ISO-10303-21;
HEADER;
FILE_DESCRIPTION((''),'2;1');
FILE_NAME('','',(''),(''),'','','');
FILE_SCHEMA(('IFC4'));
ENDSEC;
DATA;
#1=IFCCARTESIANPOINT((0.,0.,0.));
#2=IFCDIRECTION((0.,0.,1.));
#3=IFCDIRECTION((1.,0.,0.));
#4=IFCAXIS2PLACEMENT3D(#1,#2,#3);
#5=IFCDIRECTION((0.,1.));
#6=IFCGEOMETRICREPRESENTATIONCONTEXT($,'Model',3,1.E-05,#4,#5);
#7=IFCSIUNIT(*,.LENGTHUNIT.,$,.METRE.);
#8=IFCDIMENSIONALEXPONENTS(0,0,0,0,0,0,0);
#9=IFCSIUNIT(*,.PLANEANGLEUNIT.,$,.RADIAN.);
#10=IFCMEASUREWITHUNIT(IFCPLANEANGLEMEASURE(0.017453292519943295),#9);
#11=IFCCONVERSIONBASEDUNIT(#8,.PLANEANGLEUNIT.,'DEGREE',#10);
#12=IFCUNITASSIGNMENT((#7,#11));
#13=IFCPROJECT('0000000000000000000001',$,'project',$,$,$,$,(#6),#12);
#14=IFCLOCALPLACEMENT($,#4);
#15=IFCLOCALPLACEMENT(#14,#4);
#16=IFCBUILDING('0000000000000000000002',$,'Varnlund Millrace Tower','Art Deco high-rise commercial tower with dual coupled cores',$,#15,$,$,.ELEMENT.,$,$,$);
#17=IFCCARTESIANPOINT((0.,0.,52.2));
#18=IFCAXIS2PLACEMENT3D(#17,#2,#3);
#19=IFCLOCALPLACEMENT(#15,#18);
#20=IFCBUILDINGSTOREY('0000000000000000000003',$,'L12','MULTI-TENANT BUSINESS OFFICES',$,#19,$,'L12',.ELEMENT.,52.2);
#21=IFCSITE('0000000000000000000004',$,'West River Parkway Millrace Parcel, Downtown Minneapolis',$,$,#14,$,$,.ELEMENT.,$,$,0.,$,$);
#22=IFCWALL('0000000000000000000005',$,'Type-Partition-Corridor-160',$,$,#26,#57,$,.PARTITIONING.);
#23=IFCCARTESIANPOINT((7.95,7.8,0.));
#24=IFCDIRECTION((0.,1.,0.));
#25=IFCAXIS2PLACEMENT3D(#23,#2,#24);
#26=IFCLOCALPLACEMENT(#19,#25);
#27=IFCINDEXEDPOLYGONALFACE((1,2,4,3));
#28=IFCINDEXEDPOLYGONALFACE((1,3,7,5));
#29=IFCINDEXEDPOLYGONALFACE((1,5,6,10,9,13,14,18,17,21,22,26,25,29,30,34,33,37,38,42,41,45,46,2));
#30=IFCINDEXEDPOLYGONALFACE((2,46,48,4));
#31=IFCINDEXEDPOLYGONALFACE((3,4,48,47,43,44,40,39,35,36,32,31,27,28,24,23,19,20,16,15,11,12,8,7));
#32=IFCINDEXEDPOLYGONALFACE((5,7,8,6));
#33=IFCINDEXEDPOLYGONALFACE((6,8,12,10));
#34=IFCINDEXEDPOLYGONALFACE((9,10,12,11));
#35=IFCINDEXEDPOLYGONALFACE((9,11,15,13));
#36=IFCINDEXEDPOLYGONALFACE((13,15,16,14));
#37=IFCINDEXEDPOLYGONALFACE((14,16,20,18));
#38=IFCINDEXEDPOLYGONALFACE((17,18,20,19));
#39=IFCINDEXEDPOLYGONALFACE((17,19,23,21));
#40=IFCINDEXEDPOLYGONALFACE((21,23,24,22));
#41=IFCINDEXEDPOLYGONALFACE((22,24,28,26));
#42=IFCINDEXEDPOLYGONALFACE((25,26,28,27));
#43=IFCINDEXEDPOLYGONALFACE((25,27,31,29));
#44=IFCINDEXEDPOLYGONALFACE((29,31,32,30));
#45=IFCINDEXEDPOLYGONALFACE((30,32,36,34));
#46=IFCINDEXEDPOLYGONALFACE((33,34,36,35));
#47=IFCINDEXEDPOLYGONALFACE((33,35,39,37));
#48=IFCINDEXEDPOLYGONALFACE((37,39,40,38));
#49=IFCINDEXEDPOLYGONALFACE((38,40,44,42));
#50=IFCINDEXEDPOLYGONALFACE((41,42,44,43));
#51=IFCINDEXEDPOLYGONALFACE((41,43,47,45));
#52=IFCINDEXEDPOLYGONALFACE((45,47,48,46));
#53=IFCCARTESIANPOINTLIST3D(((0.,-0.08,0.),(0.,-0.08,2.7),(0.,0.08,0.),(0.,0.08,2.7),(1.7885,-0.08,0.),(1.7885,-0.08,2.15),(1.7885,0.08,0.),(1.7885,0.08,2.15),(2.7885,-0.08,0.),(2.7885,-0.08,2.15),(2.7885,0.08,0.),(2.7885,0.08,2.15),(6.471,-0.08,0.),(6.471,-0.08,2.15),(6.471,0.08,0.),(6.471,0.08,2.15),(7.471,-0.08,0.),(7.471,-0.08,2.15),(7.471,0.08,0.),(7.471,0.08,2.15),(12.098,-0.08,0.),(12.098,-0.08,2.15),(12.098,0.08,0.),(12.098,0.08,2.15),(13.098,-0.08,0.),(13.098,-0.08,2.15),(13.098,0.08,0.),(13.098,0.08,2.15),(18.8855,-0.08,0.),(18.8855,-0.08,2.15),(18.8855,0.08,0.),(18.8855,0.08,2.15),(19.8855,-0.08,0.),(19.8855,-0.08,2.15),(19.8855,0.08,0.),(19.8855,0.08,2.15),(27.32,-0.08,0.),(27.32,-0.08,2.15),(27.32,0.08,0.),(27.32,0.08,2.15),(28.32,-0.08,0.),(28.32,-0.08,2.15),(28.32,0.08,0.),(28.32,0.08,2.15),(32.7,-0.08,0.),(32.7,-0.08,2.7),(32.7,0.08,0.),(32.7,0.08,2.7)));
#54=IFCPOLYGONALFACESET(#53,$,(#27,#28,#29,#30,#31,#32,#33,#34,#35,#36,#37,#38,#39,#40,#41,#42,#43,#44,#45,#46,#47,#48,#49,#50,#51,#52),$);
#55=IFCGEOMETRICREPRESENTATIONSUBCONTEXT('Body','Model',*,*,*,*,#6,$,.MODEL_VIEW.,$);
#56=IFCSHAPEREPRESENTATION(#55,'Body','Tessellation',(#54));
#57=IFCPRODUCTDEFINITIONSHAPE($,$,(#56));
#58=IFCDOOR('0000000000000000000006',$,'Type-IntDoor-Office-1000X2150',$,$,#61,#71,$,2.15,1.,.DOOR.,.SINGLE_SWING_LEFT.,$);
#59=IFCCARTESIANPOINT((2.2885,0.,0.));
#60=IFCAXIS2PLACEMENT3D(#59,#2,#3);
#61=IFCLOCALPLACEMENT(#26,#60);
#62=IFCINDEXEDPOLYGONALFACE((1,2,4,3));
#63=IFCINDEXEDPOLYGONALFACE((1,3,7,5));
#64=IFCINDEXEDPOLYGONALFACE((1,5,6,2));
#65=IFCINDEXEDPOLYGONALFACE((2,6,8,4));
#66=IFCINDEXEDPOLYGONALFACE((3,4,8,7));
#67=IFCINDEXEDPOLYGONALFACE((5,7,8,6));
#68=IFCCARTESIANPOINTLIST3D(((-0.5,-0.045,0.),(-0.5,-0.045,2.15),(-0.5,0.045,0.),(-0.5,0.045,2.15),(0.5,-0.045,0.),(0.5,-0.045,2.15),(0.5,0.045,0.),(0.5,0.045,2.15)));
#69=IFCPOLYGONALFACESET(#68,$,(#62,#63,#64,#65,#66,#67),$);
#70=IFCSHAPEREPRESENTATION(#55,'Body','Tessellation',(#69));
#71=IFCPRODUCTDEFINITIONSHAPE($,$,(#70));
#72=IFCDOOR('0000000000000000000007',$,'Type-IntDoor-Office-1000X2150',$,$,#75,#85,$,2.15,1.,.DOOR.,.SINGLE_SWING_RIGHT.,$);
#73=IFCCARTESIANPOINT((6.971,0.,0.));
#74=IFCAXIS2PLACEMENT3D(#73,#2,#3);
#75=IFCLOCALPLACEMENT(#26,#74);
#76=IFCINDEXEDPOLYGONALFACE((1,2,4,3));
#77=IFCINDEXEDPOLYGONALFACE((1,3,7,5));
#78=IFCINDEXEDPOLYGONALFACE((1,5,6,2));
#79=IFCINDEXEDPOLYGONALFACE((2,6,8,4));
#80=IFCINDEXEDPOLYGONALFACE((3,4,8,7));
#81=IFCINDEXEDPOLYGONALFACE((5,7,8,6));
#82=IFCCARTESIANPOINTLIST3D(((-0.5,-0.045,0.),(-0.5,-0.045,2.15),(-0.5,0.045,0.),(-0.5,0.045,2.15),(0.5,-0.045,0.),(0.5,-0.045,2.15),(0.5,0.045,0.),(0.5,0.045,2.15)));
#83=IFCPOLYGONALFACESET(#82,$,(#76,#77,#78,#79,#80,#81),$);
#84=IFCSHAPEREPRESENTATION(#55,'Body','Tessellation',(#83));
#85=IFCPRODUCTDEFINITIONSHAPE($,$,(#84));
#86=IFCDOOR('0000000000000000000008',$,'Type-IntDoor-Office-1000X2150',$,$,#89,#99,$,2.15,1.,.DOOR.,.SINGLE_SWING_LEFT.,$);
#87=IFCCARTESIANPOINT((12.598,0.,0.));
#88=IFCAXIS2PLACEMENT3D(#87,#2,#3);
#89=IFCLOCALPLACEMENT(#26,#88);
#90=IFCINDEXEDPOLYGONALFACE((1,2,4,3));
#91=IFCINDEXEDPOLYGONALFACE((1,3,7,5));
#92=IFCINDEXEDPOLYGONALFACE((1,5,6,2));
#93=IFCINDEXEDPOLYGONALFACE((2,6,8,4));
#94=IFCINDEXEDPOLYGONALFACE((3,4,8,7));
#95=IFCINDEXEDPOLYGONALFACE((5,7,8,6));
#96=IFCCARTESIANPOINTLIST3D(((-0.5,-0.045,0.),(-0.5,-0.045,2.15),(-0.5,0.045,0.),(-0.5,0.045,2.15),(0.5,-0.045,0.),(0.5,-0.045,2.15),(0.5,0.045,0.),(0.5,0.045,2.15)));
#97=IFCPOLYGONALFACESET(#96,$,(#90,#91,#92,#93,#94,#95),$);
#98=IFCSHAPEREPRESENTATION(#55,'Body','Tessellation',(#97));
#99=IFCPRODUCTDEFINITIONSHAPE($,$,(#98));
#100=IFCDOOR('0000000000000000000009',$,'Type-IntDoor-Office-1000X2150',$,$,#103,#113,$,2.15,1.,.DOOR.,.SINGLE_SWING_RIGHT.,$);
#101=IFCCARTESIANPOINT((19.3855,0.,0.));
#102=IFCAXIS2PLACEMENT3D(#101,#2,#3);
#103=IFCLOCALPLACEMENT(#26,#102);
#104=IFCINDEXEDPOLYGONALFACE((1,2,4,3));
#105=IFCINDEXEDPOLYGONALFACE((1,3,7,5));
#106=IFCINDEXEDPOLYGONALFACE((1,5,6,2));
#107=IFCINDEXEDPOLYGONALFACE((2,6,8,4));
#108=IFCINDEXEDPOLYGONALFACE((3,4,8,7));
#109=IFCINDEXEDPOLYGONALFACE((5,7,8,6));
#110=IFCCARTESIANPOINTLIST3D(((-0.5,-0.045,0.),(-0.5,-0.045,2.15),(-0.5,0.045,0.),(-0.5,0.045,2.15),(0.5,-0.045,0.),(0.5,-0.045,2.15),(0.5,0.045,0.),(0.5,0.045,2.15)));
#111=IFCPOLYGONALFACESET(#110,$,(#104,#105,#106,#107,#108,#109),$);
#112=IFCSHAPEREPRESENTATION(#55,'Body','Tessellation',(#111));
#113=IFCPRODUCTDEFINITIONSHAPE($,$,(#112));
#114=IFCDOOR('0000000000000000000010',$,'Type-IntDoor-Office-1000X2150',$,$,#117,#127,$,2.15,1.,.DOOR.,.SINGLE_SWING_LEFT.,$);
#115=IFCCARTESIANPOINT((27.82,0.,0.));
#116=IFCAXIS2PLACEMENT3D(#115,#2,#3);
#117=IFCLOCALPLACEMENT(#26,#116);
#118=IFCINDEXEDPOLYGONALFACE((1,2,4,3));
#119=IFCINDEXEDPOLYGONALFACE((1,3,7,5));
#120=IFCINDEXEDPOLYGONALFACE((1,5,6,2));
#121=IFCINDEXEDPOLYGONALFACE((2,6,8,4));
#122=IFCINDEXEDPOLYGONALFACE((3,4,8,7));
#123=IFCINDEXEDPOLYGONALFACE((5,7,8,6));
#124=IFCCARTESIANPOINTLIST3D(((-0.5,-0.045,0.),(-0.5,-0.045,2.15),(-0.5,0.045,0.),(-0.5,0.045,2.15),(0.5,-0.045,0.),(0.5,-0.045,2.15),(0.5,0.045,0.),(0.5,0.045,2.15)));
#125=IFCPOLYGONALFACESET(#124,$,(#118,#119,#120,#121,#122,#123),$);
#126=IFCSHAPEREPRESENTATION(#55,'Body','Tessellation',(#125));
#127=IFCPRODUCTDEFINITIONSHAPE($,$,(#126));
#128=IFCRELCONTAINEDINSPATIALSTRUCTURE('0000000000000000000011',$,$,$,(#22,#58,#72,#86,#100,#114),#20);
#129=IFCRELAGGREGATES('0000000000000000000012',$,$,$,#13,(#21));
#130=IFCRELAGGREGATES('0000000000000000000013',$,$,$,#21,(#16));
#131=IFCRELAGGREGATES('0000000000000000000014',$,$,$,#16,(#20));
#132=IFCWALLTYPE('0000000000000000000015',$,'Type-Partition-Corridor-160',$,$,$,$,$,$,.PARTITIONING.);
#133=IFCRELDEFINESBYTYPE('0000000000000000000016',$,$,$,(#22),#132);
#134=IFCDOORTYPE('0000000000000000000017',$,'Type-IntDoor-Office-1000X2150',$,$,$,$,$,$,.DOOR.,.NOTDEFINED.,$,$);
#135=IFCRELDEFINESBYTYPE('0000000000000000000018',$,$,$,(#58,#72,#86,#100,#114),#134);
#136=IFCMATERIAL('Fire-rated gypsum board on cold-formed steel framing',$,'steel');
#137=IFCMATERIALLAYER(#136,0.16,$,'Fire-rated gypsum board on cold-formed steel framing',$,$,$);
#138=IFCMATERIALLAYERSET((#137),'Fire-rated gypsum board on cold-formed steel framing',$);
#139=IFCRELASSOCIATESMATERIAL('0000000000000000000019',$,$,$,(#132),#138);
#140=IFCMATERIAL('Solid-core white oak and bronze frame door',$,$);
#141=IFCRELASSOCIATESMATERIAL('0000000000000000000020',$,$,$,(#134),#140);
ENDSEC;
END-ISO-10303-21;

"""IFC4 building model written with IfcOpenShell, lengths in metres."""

from ifc_helpers import new_model, entity, si_unit, converted_unit, direction, frame, origin_with_axes, origin_2d_with_axis, place, context, subcontext, project, spatial, polyline, rectangle, outline, extrude, material, layer, layer_set, type_object, element, fill, save


model = new_model("IFC4")

# Units and contexts
model_context = context("Model", 3, precision=1e-05, world=origin_with_axes(), true_north=direction((0.0, 1.0)))
body_context = subcontext(model_context, "Body", "Model", "MODEL_VIEW")
ifc_project = project(units=[si_unit("LENGTHUNIT", "METRE"), converted_unit("PLANEANGLEUNIT", "DEGREE", entity("IfcPlaneAngleMeasure", 0.017453292519943295), si_unit("PLANEANGLEUNIT", "RADIAN"), dimensions=[0, 0, 0, 0, 0, 0, 0])], contexts=[model_context])

# Site, building, storey
site_placement = place(None, origin_with_axes())
site = spatial("IfcSite", under=ifc_project, at=site_placement, Name="West River Parkway Millrace Parcel, Downtown Minneapolis", CompositionType="ELEMENT", RefElevation=0.0)
building_placement = place(site_placement, origin_with_axes())
building = spatial("IfcBuilding", under=site, at=building_placement, Name="Varnlund Millrace Tower", Description="Art Deco high-rise commercial tower with dual coupled cores", CompositionType="ELEMENT")
storey_placement = place(building_placement, frame((0.0, 0.0, 52.2), z_axis=(0.0, 0.0, 1.0), x_axis=(1.0, 0.0, 0.0)))
storey = spatial("IfcBuildingStorey", under=building, at=storey_placement, Name="L12", Description="MULTI-TENANT BUSINESS OFFICES", LongName="L12", CompositionType="ELEMENT", Elevation=52.2)

# Wall, openings, doors
ifc_material_1 = material(Name="Fire-rated gypsum board on cold-formed steel framing", Category="steel")
ifc_layer_1 = layer(ifc_material_1, 0.16, Name="Fire-rated gypsum board on cold-formed steel framing")
ifc_layer_set_1 = layer_set([ifc_layer_1], Name="Fire-rated gypsum board on cold-formed steel framing")
wall_type_1 = type_object("IfcWallType", Name="Type-Partition-Corridor-160", PredefinedType="PARTITIONING", material=ifc_layer_set_1)
ifc_material_2 = material(Name="Solid-core white oak and bronze frame door")
door_type_1 = type_object("IfcDoorType", Name="Type-IntDoor-Office-1000X2150", OperationType="NOTDEFINED", PredefinedType="DOOR", material=ifc_material_2)
wall_1_placement = place(storey_placement, frame((7.95, 7.8, 0.0), z_axis=(0.0, 0.0, 1.0), x_axis=(0.0, 1.0, 0.0)))
wall_1 = element("IfcWall", 1, at=wall_1_placement, inside=storey, type_object=wall_type_1, Name="Type-Partition-Corridor-160", PredefinedType="PARTITIONING", context=body_context, shape_type="SweptSolid", body=[
    extrude(outline(polyline([(0.0, -0.08), (32.7, -0.08), (32.7, 0.08), (0.0, 0.08), (0.0, -0.08)])), origin_with_axes(), (0.0, 0.0, 1.0), 2.7),
])
opening_1_placement = place(wall_1_placement, frame((2.2885, 0.0, 0.0), z_axis=(0.0, 0.0, 1.0), x_axis=(1.0, 0.0, 0.0)))
opening_1 = element("IfcOpeningElement", 2, at=opening_1_placement, cuts=wall_1, PredefinedType="OPENING", context=body_context, shape_type="SweptSolid", body=[
    extrude(rectangle(XDim=1.0, YDim=0.18, at=origin_2d_with_axis()), origin_with_axes(), (0.0, 0.0, 1.0), 2.15),
])
opening_2_placement = place(wall_1_placement, frame((6.971, 0.0, 0.0), z_axis=(0.0, 0.0, 1.0), x_axis=(1.0, 0.0, 0.0)))
opening_2 = element("IfcOpeningElement", 3, at=opening_2_placement, cuts=wall_1, PredefinedType="OPENING", context=body_context, shape_type="SweptSolid", body=[
    extrude(rectangle(XDim=1.0, YDim=0.18, at=origin_2d_with_axis()), origin_with_axes(), (0.0, 0.0, 1.0), 2.15),
])
opening_3_placement = place(wall_1_placement, frame((12.598, 0.0, 0.0), z_axis=(0.0, 0.0, 1.0), x_axis=(1.0, 0.0, 0.0)))
opening_3 = element("IfcOpeningElement", 4, at=opening_3_placement, cuts=wall_1, PredefinedType="OPENING", context=body_context, shape_type="SweptSolid", body=[
    extrude(rectangle(XDim=1.0, YDim=0.18, at=origin_2d_with_axis()), origin_with_axes(), (0.0, 0.0, 1.0), 2.15),
])
opening_4_placement = place(wall_1_placement, frame((19.3855, 0.0, 0.0), z_axis=(0.0, 0.0, 1.0), x_axis=(1.0, 0.0, 0.0)))
opening_4 = element("IfcOpeningElement", 5, at=opening_4_placement, cuts=wall_1, PredefinedType="OPENING", context=body_context, shape_type="SweptSolid", body=[
    extrude(rectangle(XDim=1.0, YDim=0.18, at=origin_2d_with_axis()), origin_with_axes(), (0.0, 0.0, 1.0), 2.15),
])
opening_5_placement = place(wall_1_placement, frame((27.82, 0.0, 0.0), z_axis=(0.0, 0.0, 1.0), x_axis=(1.0, 0.0, 0.0)))
opening_5 = element("IfcOpeningElement", 6, at=opening_5_placement, cuts=wall_1, PredefinedType="OPENING", context=body_context, shape_type="SweptSolid", body=[
    extrude(rectangle(XDim=1.0, YDim=0.18, at=origin_2d_with_axis()), origin_with_axes(), (0.0, 0.0, 1.0), 2.15),
])
door_1_placement = place(wall_1_placement, frame((2.2885, 0.0, 0.0), z_axis=(0.0, 0.0, 1.0), x_axis=(1.0, 0.0, 0.0)))
door_1 = element("IfcDoor", 7, at=door_1_placement, inside=storey, type_object=door_type_1, Name="Type-IntDoor-Office-1000X2150", OperationType="SINGLE_SWING_LEFT", OverallHeight=2.15, OverallWidth=1.0, PredefinedType="DOOR", context=body_context, shape_type="SweptSolid", body=[
    extrude(rectangle(XDim=1.0, YDim=0.09, at=origin_2d_with_axis()), origin_with_axes(), (0.0, 0.0, 1.0), 2.15),
])
fill(opening_1, door_1)
door_2_placement = place(wall_1_placement, frame((6.971, 0.0, 0.0), z_axis=(0.0, 0.0, 1.0), x_axis=(1.0, 0.0, 0.0)))
door_2 = element("IfcDoor", 8, at=door_2_placement, inside=storey, type_object=door_type_1, Name="Type-IntDoor-Office-1000X2150", OperationType="SINGLE_SWING_RIGHT", OverallHeight=2.15, OverallWidth=1.0, PredefinedType="DOOR", context=body_context, shape_type="SweptSolid", body=[
    extrude(rectangle(XDim=1.0, YDim=0.09, at=origin_2d_with_axis()), origin_with_axes(), (0.0, 0.0, 1.0), 2.15),
])
fill(opening_2, door_2)
door_3_placement = place(wall_1_placement, frame((12.598, 0.0, 0.0), z_axis=(0.0, 0.0, 1.0), x_axis=(1.0, 0.0, 0.0)))
door_3 = element("IfcDoor", 9, at=door_3_placement, inside=storey, type_object=door_type_1, Name="Type-IntDoor-Office-1000X2150", OperationType="SINGLE_SWING_LEFT", OverallHeight=2.15, OverallWidth=1.0, PredefinedType="DOOR", context=body_context, shape_type="SweptSolid", body=[
    extrude(rectangle(XDim=1.0, YDim=0.09, at=origin_2d_with_axis()), origin_with_axes(), (0.0, 0.0, 1.0), 2.15),
])
fill(opening_3, door_3)
door_4_placement = place(wall_1_placement, frame((19.3855, 0.0, 0.0), z_axis=(0.0, 0.0, 1.0), x_axis=(1.0, 0.0, 0.0)))
door_4 = element("IfcDoor", 10, at=door_4_placement, inside=storey, type_object=door_type_1, Name="Type-IntDoor-Office-1000X2150", OperationType="SINGLE_SWING_RIGHT", OverallHeight=2.15, OverallWidth=1.0, PredefinedType="DOOR", context=body_context, shape_type="SweptSolid", body=[
    extrude(rectangle(XDim=1.0, YDim=0.09, at=origin_2d_with_axis()), origin_with_axes(), (0.0, 0.0, 1.0), 2.15),
])
fill(opening_4, door_4)
door_5_placement = place(wall_1_placement, frame((27.82, 0.0, 0.0), z_axis=(0.0, 0.0, 1.0), x_axis=(1.0, 0.0, 0.0)))
door_5 = element("IfcDoor", 11, at=door_5_placement, inside=storey, type_object=door_type_1, Name="Type-IntDoor-Office-1000X2150", OperationType="SINGLE_SWING_LEFT", OverallHeight=2.15, OverallWidth=1.0, PredefinedType="DOOR", context=body_context, shape_type="SweptSolid", body=[
    extrude(rectangle(XDim=1.0, YDim=0.09, at=origin_2d_with_axis()), origin_with_axes(), (0.0, 0.0, 1.0), 2.15),
])
fill(opening_5, door_5)

save(model, "model.ifc")
